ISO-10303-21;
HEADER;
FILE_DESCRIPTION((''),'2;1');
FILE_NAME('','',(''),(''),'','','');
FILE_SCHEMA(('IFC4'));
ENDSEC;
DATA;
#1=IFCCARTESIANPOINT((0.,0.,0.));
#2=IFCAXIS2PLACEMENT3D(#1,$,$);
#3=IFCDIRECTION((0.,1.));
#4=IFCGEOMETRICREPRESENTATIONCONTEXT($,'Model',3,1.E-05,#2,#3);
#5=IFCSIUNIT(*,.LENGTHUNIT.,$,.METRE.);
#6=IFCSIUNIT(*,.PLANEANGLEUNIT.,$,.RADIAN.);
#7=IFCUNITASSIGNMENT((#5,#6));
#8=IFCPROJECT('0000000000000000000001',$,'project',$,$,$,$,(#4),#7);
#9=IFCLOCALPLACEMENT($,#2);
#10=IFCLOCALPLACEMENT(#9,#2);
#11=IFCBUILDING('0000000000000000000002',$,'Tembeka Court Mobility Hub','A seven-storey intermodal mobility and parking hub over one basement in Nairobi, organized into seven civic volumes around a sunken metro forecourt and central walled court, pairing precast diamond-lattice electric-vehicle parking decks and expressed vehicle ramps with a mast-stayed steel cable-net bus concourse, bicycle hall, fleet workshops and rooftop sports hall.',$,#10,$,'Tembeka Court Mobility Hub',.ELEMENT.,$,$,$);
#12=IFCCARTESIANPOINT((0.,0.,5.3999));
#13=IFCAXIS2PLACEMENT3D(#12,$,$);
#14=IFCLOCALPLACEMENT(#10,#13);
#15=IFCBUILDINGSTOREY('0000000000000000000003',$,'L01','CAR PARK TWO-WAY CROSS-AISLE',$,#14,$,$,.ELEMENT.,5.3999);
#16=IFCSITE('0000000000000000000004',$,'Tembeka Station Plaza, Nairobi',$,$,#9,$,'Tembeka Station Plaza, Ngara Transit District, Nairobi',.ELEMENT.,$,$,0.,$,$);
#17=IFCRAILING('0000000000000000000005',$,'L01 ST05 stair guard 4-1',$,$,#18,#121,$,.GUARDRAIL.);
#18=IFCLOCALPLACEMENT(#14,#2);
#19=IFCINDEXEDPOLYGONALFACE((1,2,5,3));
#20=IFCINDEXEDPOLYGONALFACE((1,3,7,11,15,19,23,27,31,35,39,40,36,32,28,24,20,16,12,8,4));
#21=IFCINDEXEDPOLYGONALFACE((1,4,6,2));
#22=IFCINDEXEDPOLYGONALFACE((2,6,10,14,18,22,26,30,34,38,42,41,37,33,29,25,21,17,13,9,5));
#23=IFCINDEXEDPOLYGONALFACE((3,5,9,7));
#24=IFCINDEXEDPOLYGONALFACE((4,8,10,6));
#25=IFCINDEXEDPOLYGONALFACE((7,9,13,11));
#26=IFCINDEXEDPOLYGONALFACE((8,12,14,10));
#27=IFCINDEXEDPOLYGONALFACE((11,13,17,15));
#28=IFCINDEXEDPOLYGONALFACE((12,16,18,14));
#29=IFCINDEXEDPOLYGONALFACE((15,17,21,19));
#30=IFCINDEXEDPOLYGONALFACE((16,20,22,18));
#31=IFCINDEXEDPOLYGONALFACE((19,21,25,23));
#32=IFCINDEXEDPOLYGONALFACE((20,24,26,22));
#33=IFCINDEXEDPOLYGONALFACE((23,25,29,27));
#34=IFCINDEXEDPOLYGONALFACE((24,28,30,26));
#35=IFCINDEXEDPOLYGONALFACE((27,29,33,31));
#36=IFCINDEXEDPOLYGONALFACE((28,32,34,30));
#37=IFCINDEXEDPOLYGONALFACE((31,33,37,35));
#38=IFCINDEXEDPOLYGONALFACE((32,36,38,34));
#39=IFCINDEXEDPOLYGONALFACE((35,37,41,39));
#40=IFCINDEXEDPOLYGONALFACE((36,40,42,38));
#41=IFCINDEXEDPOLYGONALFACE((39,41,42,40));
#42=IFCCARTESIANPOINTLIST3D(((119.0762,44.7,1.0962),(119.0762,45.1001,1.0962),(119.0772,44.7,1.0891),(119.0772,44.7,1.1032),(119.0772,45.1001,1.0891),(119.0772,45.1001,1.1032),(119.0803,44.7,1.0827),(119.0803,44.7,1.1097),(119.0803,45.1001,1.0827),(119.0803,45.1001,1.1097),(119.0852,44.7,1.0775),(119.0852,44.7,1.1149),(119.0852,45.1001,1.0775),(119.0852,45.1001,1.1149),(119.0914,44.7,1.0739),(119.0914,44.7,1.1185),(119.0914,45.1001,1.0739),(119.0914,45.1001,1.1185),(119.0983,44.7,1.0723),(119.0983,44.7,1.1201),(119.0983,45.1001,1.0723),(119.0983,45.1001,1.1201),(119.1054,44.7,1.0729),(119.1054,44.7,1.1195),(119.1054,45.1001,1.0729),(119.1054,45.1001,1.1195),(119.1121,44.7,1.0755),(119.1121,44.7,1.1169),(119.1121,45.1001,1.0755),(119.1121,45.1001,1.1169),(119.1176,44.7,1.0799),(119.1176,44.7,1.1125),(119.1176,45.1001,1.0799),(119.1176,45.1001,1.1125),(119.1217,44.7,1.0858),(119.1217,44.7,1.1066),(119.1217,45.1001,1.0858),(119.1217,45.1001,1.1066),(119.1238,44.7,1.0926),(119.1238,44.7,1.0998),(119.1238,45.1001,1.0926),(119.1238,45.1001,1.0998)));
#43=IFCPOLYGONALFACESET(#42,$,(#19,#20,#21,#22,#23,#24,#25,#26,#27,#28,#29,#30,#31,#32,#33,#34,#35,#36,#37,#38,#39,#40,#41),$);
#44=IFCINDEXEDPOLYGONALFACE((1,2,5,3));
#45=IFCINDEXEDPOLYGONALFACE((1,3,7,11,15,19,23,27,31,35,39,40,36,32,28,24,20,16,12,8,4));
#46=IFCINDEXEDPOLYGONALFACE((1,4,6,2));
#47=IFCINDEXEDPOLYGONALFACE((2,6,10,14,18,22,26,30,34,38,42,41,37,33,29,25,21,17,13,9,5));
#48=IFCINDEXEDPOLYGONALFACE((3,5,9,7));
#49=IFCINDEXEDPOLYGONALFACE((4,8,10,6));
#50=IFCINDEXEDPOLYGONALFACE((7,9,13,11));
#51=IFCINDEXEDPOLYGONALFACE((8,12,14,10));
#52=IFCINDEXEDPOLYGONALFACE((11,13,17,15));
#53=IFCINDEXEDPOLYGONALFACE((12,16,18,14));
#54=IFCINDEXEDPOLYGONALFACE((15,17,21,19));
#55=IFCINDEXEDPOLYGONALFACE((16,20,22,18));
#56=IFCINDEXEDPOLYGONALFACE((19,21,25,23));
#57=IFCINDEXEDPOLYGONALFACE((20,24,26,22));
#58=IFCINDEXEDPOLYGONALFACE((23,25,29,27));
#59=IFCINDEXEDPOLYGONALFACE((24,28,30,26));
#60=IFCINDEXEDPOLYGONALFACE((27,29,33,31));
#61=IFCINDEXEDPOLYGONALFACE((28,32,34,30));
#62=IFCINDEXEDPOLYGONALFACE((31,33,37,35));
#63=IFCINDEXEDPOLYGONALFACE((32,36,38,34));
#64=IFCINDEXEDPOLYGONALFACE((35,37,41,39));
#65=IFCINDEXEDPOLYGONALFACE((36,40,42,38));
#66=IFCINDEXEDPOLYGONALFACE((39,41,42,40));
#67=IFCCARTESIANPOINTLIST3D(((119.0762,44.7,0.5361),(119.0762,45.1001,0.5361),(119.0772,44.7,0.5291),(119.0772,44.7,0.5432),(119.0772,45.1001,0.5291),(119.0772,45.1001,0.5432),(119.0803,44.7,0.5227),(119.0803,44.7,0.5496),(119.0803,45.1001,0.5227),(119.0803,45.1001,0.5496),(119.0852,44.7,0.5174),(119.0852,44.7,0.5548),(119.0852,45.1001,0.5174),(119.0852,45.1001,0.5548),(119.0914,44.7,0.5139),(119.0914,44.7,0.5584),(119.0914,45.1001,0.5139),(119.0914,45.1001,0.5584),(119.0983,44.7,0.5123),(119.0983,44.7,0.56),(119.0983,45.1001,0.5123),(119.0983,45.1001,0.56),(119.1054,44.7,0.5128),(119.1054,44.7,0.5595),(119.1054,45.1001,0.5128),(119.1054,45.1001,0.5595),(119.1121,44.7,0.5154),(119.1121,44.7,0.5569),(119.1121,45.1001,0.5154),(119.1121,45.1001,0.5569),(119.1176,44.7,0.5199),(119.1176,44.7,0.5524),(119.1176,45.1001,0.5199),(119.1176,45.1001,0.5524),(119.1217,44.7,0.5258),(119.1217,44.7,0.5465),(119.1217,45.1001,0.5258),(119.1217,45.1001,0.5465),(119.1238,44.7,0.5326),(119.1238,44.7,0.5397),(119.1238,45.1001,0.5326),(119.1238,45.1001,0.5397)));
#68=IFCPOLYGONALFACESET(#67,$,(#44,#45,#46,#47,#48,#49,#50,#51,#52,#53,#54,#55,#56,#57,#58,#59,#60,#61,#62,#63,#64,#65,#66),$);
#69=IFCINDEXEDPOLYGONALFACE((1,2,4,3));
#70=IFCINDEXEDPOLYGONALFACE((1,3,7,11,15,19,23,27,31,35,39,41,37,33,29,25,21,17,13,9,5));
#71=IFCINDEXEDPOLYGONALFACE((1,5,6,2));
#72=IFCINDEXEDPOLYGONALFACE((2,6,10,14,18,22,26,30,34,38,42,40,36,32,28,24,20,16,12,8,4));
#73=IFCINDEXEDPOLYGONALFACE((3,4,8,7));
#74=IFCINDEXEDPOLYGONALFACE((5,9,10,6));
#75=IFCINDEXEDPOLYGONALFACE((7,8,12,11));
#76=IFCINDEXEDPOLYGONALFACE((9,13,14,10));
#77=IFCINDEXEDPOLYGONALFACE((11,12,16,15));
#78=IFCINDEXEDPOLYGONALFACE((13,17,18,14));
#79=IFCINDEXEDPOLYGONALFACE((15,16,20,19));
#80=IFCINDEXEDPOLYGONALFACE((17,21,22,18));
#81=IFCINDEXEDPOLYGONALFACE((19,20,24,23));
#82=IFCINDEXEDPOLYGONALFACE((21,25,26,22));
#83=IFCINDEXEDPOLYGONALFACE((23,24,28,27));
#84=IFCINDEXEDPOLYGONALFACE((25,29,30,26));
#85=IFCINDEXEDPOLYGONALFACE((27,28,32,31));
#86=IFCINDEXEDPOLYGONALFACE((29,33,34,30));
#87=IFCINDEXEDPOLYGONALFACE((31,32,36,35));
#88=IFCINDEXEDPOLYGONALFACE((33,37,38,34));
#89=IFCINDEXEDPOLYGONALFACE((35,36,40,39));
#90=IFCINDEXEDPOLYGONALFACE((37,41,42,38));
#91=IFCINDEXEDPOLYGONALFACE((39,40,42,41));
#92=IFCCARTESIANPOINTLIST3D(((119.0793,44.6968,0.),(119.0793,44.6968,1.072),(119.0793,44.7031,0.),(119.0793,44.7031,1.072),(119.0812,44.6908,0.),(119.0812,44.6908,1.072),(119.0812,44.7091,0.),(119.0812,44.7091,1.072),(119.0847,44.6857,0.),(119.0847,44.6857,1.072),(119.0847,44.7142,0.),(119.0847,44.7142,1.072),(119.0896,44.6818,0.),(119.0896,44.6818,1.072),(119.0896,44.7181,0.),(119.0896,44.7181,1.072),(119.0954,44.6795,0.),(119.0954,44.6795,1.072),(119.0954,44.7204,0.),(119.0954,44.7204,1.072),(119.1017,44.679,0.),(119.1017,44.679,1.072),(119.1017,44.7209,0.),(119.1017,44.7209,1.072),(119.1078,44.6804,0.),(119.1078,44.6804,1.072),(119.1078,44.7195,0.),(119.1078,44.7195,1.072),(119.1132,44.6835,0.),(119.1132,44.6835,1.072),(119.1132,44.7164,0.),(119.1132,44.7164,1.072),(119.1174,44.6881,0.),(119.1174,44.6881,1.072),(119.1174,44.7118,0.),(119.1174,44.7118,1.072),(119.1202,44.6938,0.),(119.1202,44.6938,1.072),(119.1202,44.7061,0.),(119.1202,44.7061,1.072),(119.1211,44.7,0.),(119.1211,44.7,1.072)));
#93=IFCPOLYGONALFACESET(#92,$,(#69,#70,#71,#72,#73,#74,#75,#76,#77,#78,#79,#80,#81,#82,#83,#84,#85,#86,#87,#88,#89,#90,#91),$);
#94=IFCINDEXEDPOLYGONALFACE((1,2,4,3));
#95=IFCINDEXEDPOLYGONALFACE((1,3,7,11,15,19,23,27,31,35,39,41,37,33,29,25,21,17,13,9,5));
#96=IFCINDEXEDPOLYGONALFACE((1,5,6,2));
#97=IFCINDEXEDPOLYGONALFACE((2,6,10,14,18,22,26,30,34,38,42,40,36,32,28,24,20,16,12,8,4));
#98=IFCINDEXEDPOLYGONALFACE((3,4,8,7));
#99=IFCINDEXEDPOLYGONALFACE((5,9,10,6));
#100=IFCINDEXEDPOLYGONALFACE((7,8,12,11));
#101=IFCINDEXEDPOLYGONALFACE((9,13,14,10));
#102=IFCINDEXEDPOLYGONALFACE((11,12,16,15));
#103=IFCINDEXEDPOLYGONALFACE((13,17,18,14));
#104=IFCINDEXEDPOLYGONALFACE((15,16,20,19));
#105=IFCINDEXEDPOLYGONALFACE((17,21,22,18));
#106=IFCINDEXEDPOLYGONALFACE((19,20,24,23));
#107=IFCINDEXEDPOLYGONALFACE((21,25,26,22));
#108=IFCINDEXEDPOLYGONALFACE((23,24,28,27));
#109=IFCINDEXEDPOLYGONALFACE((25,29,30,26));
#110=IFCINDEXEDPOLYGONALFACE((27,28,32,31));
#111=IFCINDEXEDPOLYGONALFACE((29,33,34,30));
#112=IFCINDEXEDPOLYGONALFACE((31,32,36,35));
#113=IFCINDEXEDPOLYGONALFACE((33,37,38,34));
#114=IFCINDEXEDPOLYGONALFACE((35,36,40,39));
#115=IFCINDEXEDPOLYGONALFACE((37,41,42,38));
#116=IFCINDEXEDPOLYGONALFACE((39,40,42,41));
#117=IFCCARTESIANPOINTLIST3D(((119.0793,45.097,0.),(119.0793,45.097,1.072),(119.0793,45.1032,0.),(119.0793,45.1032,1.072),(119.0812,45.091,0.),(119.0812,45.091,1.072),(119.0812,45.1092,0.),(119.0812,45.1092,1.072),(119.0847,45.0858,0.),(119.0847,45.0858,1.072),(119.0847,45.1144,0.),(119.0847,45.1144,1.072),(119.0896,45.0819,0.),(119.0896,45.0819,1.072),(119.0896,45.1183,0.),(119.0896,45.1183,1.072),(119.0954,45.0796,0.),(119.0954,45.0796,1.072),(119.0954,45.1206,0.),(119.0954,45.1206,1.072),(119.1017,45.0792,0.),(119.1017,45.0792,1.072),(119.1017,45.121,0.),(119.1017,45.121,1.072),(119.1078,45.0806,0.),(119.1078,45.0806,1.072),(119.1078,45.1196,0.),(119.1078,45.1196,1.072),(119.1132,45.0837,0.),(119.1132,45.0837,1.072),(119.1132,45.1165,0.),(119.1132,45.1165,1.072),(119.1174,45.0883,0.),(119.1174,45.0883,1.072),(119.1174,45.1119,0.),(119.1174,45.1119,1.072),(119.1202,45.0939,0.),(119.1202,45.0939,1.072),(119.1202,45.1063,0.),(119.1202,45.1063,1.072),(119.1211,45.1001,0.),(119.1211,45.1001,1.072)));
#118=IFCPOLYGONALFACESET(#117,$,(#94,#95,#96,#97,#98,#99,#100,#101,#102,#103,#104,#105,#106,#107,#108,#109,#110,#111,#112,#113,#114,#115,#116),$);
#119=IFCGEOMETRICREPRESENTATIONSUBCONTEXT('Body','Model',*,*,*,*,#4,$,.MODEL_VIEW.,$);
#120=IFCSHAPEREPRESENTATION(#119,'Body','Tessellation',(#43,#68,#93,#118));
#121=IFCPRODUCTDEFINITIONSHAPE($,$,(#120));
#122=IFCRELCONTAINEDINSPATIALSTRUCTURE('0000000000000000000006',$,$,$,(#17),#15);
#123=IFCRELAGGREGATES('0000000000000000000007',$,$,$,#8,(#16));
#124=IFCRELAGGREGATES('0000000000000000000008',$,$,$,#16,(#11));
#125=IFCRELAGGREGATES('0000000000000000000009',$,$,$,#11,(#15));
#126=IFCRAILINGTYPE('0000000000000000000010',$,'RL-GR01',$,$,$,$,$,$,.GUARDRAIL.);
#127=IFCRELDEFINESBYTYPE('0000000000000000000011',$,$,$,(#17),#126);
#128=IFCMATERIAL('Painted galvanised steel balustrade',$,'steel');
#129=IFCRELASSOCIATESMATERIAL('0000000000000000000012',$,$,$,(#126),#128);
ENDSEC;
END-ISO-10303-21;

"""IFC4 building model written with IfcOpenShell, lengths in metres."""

from ifc_helpers import new_model, si_unit, direction, frame, origin, origin_2d, place, context, subcontext, project, spatial, circle, extrude, material, type_object, element, save


model = new_model("IFC4")

# Units and contexts
model_context = context("Model", 3, precision=1e-05, world=origin(), true_north=direction((0.0, 1.0)))
body_context = subcontext(model_context, "Body", "Model", "MODEL_VIEW")
ifc_project = project(units=[si_unit("LENGTHUNIT", "METRE"), si_unit("PLANEANGLEUNIT", "RADIAN")], contexts=[model_context])

# Site, building, storey
site_placement = place(None, origin())
site = spatial("IfcSite", under=ifc_project, at=site_placement, Name="Tembeka Station Plaza, Nairobi", LongName="Tembeka Station Plaza, Ngara Transit District, Nairobi", CompositionType="ELEMENT", RefElevation=0.0)
building_placement = place(site_placement, origin())
building = spatial("IfcBuilding", under=site, at=building_placement, Name="Tembeka Court Mobility Hub", Description="A seven-storey intermodal mobility and parking hub over one basement in Nairobi, organized into seven civic volumes around a sunken metro forecourt and central walled court, pairing precast diamond-lattice electric-vehicle parking decks and expressed vehicle ramps with a mast-stayed steel cable-net bus concourse, bicycle hall, fleet workshops and rooftop sports hall.", LongName="Tembeka Court Mobility Hub", CompositionType="ELEMENT")
storey_placement = place(building_placement, frame((0.0, 0.0, 5.3999)))
storey = spatial("IfcBuildingStorey", under=building, at=storey_placement, Name="L01", Description="CAR PARK TWO-WAY CROSS-AISLE", CompositionType="ELEMENT", Elevation=5.3999)

# Railing
ifc_material_1 = material(Name="Painted galvanised steel balustrade", Category="steel")
railing_type_1 = type_object("IfcRailingType", Name="RL-GR01", PredefinedType="GUARDRAIL", material=ifc_material_1)
railing_1_placement = place(storey_placement, frame((119.1001, 44.7, 0.0)))
element("IfcRailing", 1, at=railing_1_placement, inside=storey, type_object=railing_type_1, Name="L01 ST05 stair guard 4-1", PredefinedType="GUARDRAIL", context=body_context, shape_type="SweptSolid", body=[
    extrude(circle(Radius=0.0239, at=origin_2d()), frame((0.0, 0.0, 1.0962), z_axis=(0.0, 1.0, 0.0), x_axis=(-1.0, 0.0, 0.0)), (0.0, 0.0, 1.0), 0.4001),
    extrude(circle(Radius=0.0239, at=origin_2d()), frame((0.0, 0.0, 0.5361), z_axis=(0.0, 1.0, 0.0), x_axis=(-1.0, 0.0, 0.0)), (0.0, 0.0, 1.0), 0.4001),
    extrude(circle(Radius=0.021, at=origin_2d()), origin(), (0.0, 0.0, 1.0), 1.072),
    extrude(circle(Radius=0.021, at=origin_2d()), frame((0.0, 0.4001, 0.0)), (0.0, 0.0, 1.0), 1.072),
])

save(model, "model.ifc")
